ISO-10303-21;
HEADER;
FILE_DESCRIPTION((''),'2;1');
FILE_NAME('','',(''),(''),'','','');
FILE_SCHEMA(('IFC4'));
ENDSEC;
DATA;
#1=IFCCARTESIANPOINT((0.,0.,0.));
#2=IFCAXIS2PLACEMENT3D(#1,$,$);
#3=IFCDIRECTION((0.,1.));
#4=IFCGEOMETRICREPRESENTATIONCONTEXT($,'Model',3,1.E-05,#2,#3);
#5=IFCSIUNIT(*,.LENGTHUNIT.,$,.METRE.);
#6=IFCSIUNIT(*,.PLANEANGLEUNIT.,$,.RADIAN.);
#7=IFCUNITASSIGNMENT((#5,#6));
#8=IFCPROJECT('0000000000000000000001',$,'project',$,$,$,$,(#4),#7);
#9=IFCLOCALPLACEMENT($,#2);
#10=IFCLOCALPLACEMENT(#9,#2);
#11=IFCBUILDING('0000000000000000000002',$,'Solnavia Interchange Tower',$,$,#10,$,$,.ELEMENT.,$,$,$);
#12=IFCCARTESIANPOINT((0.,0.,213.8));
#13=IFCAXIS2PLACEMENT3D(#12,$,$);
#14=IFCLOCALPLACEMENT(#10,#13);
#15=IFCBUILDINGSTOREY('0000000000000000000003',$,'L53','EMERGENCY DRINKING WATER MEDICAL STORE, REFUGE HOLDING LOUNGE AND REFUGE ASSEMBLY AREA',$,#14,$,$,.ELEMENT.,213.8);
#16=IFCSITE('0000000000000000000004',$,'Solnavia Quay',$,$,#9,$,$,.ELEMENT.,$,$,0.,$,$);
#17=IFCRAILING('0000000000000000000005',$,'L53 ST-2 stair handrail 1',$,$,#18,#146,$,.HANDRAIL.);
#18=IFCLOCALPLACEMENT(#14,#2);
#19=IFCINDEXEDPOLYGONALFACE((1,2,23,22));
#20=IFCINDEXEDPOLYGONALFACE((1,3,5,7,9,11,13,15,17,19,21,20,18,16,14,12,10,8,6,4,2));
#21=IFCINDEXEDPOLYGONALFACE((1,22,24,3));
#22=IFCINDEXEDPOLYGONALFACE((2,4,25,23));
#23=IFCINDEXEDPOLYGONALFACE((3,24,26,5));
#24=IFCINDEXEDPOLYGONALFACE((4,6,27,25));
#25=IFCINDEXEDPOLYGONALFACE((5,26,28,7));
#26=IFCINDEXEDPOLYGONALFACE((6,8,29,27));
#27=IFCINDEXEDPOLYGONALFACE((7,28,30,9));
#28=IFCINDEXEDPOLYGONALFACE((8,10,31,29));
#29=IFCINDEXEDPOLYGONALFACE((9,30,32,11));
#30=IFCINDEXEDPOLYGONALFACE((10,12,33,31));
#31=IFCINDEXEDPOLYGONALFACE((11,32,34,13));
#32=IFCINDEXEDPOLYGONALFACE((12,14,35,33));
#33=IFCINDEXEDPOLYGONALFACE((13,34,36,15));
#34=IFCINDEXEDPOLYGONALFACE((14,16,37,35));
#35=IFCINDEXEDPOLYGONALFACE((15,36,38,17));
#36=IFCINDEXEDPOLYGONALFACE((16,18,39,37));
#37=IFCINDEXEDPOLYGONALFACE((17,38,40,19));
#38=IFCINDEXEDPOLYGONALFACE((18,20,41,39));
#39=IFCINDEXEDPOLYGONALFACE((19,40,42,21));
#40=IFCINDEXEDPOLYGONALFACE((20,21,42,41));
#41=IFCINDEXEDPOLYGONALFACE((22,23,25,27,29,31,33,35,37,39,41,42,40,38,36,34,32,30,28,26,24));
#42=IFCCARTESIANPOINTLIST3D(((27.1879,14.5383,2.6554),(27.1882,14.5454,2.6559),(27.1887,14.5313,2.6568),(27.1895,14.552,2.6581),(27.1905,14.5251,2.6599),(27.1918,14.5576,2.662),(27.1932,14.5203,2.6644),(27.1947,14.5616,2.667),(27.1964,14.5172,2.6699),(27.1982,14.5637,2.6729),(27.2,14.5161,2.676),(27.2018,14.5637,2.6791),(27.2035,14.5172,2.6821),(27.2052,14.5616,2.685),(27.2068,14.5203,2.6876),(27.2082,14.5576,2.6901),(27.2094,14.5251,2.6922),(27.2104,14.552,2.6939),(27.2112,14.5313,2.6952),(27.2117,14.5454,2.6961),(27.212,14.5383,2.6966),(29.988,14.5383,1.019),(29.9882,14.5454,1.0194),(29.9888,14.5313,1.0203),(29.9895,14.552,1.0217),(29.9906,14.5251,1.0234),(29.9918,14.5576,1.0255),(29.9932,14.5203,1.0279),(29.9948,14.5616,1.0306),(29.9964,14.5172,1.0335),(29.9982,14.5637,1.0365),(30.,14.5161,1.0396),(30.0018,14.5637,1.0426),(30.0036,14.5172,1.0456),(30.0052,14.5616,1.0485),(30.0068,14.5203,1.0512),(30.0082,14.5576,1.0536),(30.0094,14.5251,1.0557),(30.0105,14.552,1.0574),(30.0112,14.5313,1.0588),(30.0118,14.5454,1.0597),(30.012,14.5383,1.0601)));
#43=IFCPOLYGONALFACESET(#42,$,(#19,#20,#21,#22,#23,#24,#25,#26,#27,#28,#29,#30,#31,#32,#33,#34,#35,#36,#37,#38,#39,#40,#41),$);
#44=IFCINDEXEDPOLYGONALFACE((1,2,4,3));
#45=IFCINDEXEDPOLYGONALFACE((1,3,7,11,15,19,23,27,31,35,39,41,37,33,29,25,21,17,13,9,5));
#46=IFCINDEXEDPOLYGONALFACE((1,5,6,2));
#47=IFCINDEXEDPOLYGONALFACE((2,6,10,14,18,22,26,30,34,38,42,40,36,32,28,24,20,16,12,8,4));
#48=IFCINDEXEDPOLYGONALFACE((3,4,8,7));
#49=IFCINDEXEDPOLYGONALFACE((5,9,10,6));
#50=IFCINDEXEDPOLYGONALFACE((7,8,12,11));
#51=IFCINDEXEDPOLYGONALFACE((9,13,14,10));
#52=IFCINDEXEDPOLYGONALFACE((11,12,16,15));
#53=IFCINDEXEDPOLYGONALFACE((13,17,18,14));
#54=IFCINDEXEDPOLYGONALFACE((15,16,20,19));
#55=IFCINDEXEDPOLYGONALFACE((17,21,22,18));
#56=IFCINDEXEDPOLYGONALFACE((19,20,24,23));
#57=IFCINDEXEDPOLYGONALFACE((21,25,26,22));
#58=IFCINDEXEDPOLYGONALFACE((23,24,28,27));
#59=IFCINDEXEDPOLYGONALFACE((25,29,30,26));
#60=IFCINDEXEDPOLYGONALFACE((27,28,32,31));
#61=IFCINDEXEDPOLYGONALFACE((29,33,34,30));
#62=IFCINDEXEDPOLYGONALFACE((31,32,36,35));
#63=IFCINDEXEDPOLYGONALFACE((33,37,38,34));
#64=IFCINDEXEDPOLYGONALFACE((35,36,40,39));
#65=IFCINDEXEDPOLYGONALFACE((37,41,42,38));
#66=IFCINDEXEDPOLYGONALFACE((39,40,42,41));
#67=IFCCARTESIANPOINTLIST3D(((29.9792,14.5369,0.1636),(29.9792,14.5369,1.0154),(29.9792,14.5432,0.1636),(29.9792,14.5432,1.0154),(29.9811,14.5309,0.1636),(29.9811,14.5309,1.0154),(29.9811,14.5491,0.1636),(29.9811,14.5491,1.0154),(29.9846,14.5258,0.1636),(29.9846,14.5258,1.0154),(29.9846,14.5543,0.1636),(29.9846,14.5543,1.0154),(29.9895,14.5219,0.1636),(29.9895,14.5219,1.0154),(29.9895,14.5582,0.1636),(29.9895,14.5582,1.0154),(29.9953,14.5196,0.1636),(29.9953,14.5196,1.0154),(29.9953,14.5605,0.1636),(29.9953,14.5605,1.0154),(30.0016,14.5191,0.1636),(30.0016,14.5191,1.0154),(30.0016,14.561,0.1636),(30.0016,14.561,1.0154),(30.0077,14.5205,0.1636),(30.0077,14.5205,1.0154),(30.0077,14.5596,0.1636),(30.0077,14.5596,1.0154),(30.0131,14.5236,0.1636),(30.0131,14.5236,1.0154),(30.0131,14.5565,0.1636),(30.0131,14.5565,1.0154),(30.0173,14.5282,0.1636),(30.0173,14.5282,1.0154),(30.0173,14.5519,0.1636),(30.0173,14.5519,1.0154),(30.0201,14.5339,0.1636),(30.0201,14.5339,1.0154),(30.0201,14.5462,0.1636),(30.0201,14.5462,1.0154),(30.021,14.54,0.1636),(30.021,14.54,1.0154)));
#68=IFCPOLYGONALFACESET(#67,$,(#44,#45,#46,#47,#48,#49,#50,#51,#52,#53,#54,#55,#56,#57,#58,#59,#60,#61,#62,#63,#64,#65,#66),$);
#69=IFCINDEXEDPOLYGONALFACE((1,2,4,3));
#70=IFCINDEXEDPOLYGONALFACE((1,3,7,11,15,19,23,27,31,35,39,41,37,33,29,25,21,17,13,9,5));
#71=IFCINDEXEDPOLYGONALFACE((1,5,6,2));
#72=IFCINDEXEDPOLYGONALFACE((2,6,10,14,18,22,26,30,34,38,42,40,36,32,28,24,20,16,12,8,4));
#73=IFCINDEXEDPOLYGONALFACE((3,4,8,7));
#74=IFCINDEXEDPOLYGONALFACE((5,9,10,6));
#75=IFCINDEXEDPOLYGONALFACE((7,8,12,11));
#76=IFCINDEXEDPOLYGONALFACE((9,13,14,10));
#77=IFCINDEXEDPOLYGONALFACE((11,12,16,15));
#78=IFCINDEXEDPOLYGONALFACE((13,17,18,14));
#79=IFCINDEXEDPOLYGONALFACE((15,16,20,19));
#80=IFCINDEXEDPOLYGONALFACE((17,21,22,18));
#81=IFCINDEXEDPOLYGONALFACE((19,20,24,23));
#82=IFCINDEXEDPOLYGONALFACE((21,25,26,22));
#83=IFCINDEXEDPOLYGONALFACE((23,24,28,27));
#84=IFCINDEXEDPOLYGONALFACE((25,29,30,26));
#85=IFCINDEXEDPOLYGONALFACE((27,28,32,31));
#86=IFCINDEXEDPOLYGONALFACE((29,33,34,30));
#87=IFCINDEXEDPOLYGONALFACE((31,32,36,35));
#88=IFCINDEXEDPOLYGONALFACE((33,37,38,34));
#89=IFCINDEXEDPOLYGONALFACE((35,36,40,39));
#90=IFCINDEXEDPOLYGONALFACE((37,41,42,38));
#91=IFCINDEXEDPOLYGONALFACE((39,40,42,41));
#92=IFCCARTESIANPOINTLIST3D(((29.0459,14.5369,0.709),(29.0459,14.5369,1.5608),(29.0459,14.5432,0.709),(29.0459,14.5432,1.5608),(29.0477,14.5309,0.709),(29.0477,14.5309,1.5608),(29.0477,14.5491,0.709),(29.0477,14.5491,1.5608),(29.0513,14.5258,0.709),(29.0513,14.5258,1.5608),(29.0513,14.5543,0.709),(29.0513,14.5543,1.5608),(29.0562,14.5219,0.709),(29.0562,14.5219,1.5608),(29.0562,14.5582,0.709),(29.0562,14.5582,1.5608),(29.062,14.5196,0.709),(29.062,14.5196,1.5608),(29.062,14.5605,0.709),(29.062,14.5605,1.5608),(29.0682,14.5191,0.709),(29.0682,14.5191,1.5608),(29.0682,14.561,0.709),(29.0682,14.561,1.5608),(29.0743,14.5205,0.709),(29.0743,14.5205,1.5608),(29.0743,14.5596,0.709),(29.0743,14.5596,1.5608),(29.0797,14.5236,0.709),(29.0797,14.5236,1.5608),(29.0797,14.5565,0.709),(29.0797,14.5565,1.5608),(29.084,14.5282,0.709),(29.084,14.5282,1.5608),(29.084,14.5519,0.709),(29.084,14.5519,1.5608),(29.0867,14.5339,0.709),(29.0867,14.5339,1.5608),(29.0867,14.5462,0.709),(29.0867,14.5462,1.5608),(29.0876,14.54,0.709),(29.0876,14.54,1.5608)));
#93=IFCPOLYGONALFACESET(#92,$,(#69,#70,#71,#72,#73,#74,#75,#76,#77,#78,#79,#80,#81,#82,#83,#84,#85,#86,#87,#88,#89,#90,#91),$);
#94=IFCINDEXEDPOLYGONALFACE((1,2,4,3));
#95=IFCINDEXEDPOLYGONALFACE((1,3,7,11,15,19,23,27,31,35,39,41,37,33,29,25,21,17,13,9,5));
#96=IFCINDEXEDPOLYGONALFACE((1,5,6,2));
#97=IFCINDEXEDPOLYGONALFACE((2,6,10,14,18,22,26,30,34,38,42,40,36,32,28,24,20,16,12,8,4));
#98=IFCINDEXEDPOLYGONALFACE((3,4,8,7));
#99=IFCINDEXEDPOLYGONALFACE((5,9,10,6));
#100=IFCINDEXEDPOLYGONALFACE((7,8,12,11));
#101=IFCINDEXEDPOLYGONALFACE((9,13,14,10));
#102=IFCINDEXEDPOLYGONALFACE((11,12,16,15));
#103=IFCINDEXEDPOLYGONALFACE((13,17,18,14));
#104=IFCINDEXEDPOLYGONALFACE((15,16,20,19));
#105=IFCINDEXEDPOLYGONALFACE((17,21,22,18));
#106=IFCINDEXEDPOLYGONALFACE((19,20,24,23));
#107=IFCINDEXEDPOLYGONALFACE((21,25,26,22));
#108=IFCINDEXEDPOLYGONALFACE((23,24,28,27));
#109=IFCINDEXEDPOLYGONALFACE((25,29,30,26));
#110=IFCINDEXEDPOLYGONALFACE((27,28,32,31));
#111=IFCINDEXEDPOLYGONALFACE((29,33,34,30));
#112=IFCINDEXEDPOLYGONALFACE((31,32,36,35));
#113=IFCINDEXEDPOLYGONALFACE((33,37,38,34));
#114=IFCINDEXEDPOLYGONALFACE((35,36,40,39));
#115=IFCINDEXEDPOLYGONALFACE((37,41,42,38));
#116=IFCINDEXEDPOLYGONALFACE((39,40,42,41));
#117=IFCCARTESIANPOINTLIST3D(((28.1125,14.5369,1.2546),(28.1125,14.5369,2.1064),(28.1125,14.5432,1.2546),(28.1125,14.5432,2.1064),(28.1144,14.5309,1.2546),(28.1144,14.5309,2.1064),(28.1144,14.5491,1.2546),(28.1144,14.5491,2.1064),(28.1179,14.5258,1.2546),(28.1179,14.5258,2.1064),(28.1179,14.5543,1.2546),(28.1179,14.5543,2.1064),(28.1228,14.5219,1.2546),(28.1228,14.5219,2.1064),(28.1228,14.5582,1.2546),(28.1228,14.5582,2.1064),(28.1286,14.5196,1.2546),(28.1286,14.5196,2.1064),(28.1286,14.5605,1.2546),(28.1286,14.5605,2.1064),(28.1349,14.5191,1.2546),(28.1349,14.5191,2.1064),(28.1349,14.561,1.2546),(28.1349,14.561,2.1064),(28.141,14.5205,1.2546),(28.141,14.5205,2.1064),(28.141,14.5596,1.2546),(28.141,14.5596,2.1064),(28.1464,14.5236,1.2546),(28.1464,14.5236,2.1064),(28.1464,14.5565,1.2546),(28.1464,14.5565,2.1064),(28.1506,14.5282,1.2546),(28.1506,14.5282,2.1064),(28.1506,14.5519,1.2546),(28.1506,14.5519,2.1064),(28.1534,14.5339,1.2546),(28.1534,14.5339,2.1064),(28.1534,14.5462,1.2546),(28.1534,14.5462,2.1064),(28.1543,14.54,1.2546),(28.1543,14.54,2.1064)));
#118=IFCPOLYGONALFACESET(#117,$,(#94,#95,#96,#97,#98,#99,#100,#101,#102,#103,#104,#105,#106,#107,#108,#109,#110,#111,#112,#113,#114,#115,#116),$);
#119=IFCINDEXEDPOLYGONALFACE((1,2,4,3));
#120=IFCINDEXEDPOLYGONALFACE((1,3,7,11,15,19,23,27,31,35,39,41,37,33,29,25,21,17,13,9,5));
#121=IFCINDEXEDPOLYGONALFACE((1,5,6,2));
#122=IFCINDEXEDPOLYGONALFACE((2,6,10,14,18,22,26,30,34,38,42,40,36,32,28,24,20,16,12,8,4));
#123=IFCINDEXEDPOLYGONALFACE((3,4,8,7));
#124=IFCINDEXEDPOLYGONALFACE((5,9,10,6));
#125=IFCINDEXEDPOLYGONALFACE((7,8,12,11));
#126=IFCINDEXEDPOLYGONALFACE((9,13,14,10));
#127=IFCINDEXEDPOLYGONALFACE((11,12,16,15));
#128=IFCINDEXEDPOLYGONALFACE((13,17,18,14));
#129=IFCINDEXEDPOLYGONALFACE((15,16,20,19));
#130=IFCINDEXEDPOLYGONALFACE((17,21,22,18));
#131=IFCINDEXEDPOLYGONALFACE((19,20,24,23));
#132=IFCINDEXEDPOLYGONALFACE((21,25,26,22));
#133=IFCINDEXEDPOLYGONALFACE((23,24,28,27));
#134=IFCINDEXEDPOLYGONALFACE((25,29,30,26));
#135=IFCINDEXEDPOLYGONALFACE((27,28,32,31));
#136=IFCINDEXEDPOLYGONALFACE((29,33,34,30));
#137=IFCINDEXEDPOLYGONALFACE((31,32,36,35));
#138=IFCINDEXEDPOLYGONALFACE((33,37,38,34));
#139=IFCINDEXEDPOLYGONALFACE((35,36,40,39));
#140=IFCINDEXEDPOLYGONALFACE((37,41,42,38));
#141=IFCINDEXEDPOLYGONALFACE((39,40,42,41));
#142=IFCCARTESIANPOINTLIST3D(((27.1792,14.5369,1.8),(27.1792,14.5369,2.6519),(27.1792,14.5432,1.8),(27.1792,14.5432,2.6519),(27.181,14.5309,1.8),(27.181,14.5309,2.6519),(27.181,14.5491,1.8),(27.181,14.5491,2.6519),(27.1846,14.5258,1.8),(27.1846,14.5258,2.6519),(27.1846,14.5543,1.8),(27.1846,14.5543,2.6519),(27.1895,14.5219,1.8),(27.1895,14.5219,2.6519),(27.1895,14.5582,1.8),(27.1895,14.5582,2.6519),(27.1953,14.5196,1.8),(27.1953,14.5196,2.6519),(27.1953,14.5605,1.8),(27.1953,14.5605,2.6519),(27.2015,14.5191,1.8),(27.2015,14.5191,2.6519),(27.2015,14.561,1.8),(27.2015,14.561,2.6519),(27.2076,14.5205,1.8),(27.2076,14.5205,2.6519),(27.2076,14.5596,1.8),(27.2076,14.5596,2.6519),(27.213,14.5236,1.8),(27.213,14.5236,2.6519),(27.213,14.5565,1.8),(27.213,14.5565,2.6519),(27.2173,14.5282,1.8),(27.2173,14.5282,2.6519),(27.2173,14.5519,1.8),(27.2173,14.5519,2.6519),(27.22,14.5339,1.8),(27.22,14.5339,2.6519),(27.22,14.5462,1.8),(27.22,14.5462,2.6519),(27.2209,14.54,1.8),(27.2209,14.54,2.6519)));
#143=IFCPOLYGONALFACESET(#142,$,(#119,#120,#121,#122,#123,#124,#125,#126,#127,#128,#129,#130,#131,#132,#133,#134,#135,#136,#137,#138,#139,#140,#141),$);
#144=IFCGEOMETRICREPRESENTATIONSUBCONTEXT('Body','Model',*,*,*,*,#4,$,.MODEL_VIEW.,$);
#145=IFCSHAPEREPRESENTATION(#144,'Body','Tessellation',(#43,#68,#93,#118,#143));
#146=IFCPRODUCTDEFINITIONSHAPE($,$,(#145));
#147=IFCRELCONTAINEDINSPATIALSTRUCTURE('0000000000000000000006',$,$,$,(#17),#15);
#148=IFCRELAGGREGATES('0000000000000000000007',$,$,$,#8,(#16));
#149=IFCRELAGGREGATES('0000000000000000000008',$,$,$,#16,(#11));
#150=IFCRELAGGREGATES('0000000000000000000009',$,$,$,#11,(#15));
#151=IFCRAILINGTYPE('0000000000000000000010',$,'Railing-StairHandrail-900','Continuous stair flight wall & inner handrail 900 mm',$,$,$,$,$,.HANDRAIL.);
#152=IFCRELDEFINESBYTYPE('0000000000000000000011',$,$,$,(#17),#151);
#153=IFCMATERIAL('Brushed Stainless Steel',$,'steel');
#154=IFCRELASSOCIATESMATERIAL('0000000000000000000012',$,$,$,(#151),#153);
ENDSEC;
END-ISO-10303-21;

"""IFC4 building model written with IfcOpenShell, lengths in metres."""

from ifc_helpers import new_model, si_unit, direction, frame, origin, origin_2d, place, context, subcontext, project, spatial, circle, extrude, material, type_object, element, save


model = new_model("IFC4")

# Units and contexts
model_context = context("Model", 3, precision=1e-05, world=origin(), true_north=direction((0.0, 1.0)))
body_context = subcontext(model_context, "Body", "Model", "MODEL_VIEW")
ifc_project = project(units=[si_unit("LENGTHUNIT", "METRE"), si_unit("PLANEANGLEUNIT", "RADIAN")], contexts=[model_context])

# Site, building, storey
site_placement = place(None, origin())
site = spatial("IfcSite", under=ifc_project, at=site_placement, Name="Solnavia Quay", CompositionType="ELEMENT", RefElevation=0.0)
building_placement = place(site_placement, origin())
building = spatial("IfcBuilding", under=site, at=building_placement, Name="Solnavia Interchange Tower", CompositionType="ELEMENT")
storey_placement = place(building_placement, frame((0.0, 0.0, 213.8)))
storey = spatial("IfcBuildingStorey", under=building, at=storey_placement, Name="L53", Description="EMERGENCY DRINKING WATER MEDICAL STORE, REFUGE HOLDING LOUNGE AND REFUGE ASSEMBLY AREA", CompositionType="ELEMENT", Elevation=213.8)

# Railing
ifc_material_1 = material(Name="Brushed Stainless Steel", Category="steel")
railing_type_1 = type_object("IfcRailingType", Name="Railing-StairHandrail-900", Description="Continuous stair flight wall & inner handrail 900 mm", PredefinedType="HANDRAIL", material=ifc_material_1)
railing_1_placement = place(storey_placement, frame((30.0, 14.54, 0.1636)))
element("IfcRailing", 1, at=railing_1_placement, inside=storey, type_object=railing_type_1, Name="L53 ST-2 stair handrail 1", PredefinedType="HANDRAIL", context=body_context, shape_type="SweptSolid", body=[
    extrude(circle(Radius=0.0239, at=origin_2d()), frame((0.0, 0.0, 0.876), z_axis=(-0.863361, 0.0, 0.504587), x_axis=(0.0, -1.0, 0.0)), (0.0, 0.0, 1.0), 3.2432),
    extrude(circle(Radius=0.021, at=origin_2d()), origin(), (0.0, 0.0, 1.0), 0.8518),
    extrude(circle(Radius=0.021, at=origin_2d()), frame((-0.9333, 0.0, 0.5454)), (0.0, 0.0, 1.0), 0.8518),
    extrude(circle(Radius=0.021, at=origin_2d()), frame((-1.8667, 0.0, 1.0911)), (0.0, 0.0, 1.0), 0.8518),
    extrude(circle(Radius=0.021, at=origin_2d()), frame((-2.8, 0.0, 1.6365)), (0.0, 0.0, 1.0), 0.8518),
])

save(model, "model.ifc")
